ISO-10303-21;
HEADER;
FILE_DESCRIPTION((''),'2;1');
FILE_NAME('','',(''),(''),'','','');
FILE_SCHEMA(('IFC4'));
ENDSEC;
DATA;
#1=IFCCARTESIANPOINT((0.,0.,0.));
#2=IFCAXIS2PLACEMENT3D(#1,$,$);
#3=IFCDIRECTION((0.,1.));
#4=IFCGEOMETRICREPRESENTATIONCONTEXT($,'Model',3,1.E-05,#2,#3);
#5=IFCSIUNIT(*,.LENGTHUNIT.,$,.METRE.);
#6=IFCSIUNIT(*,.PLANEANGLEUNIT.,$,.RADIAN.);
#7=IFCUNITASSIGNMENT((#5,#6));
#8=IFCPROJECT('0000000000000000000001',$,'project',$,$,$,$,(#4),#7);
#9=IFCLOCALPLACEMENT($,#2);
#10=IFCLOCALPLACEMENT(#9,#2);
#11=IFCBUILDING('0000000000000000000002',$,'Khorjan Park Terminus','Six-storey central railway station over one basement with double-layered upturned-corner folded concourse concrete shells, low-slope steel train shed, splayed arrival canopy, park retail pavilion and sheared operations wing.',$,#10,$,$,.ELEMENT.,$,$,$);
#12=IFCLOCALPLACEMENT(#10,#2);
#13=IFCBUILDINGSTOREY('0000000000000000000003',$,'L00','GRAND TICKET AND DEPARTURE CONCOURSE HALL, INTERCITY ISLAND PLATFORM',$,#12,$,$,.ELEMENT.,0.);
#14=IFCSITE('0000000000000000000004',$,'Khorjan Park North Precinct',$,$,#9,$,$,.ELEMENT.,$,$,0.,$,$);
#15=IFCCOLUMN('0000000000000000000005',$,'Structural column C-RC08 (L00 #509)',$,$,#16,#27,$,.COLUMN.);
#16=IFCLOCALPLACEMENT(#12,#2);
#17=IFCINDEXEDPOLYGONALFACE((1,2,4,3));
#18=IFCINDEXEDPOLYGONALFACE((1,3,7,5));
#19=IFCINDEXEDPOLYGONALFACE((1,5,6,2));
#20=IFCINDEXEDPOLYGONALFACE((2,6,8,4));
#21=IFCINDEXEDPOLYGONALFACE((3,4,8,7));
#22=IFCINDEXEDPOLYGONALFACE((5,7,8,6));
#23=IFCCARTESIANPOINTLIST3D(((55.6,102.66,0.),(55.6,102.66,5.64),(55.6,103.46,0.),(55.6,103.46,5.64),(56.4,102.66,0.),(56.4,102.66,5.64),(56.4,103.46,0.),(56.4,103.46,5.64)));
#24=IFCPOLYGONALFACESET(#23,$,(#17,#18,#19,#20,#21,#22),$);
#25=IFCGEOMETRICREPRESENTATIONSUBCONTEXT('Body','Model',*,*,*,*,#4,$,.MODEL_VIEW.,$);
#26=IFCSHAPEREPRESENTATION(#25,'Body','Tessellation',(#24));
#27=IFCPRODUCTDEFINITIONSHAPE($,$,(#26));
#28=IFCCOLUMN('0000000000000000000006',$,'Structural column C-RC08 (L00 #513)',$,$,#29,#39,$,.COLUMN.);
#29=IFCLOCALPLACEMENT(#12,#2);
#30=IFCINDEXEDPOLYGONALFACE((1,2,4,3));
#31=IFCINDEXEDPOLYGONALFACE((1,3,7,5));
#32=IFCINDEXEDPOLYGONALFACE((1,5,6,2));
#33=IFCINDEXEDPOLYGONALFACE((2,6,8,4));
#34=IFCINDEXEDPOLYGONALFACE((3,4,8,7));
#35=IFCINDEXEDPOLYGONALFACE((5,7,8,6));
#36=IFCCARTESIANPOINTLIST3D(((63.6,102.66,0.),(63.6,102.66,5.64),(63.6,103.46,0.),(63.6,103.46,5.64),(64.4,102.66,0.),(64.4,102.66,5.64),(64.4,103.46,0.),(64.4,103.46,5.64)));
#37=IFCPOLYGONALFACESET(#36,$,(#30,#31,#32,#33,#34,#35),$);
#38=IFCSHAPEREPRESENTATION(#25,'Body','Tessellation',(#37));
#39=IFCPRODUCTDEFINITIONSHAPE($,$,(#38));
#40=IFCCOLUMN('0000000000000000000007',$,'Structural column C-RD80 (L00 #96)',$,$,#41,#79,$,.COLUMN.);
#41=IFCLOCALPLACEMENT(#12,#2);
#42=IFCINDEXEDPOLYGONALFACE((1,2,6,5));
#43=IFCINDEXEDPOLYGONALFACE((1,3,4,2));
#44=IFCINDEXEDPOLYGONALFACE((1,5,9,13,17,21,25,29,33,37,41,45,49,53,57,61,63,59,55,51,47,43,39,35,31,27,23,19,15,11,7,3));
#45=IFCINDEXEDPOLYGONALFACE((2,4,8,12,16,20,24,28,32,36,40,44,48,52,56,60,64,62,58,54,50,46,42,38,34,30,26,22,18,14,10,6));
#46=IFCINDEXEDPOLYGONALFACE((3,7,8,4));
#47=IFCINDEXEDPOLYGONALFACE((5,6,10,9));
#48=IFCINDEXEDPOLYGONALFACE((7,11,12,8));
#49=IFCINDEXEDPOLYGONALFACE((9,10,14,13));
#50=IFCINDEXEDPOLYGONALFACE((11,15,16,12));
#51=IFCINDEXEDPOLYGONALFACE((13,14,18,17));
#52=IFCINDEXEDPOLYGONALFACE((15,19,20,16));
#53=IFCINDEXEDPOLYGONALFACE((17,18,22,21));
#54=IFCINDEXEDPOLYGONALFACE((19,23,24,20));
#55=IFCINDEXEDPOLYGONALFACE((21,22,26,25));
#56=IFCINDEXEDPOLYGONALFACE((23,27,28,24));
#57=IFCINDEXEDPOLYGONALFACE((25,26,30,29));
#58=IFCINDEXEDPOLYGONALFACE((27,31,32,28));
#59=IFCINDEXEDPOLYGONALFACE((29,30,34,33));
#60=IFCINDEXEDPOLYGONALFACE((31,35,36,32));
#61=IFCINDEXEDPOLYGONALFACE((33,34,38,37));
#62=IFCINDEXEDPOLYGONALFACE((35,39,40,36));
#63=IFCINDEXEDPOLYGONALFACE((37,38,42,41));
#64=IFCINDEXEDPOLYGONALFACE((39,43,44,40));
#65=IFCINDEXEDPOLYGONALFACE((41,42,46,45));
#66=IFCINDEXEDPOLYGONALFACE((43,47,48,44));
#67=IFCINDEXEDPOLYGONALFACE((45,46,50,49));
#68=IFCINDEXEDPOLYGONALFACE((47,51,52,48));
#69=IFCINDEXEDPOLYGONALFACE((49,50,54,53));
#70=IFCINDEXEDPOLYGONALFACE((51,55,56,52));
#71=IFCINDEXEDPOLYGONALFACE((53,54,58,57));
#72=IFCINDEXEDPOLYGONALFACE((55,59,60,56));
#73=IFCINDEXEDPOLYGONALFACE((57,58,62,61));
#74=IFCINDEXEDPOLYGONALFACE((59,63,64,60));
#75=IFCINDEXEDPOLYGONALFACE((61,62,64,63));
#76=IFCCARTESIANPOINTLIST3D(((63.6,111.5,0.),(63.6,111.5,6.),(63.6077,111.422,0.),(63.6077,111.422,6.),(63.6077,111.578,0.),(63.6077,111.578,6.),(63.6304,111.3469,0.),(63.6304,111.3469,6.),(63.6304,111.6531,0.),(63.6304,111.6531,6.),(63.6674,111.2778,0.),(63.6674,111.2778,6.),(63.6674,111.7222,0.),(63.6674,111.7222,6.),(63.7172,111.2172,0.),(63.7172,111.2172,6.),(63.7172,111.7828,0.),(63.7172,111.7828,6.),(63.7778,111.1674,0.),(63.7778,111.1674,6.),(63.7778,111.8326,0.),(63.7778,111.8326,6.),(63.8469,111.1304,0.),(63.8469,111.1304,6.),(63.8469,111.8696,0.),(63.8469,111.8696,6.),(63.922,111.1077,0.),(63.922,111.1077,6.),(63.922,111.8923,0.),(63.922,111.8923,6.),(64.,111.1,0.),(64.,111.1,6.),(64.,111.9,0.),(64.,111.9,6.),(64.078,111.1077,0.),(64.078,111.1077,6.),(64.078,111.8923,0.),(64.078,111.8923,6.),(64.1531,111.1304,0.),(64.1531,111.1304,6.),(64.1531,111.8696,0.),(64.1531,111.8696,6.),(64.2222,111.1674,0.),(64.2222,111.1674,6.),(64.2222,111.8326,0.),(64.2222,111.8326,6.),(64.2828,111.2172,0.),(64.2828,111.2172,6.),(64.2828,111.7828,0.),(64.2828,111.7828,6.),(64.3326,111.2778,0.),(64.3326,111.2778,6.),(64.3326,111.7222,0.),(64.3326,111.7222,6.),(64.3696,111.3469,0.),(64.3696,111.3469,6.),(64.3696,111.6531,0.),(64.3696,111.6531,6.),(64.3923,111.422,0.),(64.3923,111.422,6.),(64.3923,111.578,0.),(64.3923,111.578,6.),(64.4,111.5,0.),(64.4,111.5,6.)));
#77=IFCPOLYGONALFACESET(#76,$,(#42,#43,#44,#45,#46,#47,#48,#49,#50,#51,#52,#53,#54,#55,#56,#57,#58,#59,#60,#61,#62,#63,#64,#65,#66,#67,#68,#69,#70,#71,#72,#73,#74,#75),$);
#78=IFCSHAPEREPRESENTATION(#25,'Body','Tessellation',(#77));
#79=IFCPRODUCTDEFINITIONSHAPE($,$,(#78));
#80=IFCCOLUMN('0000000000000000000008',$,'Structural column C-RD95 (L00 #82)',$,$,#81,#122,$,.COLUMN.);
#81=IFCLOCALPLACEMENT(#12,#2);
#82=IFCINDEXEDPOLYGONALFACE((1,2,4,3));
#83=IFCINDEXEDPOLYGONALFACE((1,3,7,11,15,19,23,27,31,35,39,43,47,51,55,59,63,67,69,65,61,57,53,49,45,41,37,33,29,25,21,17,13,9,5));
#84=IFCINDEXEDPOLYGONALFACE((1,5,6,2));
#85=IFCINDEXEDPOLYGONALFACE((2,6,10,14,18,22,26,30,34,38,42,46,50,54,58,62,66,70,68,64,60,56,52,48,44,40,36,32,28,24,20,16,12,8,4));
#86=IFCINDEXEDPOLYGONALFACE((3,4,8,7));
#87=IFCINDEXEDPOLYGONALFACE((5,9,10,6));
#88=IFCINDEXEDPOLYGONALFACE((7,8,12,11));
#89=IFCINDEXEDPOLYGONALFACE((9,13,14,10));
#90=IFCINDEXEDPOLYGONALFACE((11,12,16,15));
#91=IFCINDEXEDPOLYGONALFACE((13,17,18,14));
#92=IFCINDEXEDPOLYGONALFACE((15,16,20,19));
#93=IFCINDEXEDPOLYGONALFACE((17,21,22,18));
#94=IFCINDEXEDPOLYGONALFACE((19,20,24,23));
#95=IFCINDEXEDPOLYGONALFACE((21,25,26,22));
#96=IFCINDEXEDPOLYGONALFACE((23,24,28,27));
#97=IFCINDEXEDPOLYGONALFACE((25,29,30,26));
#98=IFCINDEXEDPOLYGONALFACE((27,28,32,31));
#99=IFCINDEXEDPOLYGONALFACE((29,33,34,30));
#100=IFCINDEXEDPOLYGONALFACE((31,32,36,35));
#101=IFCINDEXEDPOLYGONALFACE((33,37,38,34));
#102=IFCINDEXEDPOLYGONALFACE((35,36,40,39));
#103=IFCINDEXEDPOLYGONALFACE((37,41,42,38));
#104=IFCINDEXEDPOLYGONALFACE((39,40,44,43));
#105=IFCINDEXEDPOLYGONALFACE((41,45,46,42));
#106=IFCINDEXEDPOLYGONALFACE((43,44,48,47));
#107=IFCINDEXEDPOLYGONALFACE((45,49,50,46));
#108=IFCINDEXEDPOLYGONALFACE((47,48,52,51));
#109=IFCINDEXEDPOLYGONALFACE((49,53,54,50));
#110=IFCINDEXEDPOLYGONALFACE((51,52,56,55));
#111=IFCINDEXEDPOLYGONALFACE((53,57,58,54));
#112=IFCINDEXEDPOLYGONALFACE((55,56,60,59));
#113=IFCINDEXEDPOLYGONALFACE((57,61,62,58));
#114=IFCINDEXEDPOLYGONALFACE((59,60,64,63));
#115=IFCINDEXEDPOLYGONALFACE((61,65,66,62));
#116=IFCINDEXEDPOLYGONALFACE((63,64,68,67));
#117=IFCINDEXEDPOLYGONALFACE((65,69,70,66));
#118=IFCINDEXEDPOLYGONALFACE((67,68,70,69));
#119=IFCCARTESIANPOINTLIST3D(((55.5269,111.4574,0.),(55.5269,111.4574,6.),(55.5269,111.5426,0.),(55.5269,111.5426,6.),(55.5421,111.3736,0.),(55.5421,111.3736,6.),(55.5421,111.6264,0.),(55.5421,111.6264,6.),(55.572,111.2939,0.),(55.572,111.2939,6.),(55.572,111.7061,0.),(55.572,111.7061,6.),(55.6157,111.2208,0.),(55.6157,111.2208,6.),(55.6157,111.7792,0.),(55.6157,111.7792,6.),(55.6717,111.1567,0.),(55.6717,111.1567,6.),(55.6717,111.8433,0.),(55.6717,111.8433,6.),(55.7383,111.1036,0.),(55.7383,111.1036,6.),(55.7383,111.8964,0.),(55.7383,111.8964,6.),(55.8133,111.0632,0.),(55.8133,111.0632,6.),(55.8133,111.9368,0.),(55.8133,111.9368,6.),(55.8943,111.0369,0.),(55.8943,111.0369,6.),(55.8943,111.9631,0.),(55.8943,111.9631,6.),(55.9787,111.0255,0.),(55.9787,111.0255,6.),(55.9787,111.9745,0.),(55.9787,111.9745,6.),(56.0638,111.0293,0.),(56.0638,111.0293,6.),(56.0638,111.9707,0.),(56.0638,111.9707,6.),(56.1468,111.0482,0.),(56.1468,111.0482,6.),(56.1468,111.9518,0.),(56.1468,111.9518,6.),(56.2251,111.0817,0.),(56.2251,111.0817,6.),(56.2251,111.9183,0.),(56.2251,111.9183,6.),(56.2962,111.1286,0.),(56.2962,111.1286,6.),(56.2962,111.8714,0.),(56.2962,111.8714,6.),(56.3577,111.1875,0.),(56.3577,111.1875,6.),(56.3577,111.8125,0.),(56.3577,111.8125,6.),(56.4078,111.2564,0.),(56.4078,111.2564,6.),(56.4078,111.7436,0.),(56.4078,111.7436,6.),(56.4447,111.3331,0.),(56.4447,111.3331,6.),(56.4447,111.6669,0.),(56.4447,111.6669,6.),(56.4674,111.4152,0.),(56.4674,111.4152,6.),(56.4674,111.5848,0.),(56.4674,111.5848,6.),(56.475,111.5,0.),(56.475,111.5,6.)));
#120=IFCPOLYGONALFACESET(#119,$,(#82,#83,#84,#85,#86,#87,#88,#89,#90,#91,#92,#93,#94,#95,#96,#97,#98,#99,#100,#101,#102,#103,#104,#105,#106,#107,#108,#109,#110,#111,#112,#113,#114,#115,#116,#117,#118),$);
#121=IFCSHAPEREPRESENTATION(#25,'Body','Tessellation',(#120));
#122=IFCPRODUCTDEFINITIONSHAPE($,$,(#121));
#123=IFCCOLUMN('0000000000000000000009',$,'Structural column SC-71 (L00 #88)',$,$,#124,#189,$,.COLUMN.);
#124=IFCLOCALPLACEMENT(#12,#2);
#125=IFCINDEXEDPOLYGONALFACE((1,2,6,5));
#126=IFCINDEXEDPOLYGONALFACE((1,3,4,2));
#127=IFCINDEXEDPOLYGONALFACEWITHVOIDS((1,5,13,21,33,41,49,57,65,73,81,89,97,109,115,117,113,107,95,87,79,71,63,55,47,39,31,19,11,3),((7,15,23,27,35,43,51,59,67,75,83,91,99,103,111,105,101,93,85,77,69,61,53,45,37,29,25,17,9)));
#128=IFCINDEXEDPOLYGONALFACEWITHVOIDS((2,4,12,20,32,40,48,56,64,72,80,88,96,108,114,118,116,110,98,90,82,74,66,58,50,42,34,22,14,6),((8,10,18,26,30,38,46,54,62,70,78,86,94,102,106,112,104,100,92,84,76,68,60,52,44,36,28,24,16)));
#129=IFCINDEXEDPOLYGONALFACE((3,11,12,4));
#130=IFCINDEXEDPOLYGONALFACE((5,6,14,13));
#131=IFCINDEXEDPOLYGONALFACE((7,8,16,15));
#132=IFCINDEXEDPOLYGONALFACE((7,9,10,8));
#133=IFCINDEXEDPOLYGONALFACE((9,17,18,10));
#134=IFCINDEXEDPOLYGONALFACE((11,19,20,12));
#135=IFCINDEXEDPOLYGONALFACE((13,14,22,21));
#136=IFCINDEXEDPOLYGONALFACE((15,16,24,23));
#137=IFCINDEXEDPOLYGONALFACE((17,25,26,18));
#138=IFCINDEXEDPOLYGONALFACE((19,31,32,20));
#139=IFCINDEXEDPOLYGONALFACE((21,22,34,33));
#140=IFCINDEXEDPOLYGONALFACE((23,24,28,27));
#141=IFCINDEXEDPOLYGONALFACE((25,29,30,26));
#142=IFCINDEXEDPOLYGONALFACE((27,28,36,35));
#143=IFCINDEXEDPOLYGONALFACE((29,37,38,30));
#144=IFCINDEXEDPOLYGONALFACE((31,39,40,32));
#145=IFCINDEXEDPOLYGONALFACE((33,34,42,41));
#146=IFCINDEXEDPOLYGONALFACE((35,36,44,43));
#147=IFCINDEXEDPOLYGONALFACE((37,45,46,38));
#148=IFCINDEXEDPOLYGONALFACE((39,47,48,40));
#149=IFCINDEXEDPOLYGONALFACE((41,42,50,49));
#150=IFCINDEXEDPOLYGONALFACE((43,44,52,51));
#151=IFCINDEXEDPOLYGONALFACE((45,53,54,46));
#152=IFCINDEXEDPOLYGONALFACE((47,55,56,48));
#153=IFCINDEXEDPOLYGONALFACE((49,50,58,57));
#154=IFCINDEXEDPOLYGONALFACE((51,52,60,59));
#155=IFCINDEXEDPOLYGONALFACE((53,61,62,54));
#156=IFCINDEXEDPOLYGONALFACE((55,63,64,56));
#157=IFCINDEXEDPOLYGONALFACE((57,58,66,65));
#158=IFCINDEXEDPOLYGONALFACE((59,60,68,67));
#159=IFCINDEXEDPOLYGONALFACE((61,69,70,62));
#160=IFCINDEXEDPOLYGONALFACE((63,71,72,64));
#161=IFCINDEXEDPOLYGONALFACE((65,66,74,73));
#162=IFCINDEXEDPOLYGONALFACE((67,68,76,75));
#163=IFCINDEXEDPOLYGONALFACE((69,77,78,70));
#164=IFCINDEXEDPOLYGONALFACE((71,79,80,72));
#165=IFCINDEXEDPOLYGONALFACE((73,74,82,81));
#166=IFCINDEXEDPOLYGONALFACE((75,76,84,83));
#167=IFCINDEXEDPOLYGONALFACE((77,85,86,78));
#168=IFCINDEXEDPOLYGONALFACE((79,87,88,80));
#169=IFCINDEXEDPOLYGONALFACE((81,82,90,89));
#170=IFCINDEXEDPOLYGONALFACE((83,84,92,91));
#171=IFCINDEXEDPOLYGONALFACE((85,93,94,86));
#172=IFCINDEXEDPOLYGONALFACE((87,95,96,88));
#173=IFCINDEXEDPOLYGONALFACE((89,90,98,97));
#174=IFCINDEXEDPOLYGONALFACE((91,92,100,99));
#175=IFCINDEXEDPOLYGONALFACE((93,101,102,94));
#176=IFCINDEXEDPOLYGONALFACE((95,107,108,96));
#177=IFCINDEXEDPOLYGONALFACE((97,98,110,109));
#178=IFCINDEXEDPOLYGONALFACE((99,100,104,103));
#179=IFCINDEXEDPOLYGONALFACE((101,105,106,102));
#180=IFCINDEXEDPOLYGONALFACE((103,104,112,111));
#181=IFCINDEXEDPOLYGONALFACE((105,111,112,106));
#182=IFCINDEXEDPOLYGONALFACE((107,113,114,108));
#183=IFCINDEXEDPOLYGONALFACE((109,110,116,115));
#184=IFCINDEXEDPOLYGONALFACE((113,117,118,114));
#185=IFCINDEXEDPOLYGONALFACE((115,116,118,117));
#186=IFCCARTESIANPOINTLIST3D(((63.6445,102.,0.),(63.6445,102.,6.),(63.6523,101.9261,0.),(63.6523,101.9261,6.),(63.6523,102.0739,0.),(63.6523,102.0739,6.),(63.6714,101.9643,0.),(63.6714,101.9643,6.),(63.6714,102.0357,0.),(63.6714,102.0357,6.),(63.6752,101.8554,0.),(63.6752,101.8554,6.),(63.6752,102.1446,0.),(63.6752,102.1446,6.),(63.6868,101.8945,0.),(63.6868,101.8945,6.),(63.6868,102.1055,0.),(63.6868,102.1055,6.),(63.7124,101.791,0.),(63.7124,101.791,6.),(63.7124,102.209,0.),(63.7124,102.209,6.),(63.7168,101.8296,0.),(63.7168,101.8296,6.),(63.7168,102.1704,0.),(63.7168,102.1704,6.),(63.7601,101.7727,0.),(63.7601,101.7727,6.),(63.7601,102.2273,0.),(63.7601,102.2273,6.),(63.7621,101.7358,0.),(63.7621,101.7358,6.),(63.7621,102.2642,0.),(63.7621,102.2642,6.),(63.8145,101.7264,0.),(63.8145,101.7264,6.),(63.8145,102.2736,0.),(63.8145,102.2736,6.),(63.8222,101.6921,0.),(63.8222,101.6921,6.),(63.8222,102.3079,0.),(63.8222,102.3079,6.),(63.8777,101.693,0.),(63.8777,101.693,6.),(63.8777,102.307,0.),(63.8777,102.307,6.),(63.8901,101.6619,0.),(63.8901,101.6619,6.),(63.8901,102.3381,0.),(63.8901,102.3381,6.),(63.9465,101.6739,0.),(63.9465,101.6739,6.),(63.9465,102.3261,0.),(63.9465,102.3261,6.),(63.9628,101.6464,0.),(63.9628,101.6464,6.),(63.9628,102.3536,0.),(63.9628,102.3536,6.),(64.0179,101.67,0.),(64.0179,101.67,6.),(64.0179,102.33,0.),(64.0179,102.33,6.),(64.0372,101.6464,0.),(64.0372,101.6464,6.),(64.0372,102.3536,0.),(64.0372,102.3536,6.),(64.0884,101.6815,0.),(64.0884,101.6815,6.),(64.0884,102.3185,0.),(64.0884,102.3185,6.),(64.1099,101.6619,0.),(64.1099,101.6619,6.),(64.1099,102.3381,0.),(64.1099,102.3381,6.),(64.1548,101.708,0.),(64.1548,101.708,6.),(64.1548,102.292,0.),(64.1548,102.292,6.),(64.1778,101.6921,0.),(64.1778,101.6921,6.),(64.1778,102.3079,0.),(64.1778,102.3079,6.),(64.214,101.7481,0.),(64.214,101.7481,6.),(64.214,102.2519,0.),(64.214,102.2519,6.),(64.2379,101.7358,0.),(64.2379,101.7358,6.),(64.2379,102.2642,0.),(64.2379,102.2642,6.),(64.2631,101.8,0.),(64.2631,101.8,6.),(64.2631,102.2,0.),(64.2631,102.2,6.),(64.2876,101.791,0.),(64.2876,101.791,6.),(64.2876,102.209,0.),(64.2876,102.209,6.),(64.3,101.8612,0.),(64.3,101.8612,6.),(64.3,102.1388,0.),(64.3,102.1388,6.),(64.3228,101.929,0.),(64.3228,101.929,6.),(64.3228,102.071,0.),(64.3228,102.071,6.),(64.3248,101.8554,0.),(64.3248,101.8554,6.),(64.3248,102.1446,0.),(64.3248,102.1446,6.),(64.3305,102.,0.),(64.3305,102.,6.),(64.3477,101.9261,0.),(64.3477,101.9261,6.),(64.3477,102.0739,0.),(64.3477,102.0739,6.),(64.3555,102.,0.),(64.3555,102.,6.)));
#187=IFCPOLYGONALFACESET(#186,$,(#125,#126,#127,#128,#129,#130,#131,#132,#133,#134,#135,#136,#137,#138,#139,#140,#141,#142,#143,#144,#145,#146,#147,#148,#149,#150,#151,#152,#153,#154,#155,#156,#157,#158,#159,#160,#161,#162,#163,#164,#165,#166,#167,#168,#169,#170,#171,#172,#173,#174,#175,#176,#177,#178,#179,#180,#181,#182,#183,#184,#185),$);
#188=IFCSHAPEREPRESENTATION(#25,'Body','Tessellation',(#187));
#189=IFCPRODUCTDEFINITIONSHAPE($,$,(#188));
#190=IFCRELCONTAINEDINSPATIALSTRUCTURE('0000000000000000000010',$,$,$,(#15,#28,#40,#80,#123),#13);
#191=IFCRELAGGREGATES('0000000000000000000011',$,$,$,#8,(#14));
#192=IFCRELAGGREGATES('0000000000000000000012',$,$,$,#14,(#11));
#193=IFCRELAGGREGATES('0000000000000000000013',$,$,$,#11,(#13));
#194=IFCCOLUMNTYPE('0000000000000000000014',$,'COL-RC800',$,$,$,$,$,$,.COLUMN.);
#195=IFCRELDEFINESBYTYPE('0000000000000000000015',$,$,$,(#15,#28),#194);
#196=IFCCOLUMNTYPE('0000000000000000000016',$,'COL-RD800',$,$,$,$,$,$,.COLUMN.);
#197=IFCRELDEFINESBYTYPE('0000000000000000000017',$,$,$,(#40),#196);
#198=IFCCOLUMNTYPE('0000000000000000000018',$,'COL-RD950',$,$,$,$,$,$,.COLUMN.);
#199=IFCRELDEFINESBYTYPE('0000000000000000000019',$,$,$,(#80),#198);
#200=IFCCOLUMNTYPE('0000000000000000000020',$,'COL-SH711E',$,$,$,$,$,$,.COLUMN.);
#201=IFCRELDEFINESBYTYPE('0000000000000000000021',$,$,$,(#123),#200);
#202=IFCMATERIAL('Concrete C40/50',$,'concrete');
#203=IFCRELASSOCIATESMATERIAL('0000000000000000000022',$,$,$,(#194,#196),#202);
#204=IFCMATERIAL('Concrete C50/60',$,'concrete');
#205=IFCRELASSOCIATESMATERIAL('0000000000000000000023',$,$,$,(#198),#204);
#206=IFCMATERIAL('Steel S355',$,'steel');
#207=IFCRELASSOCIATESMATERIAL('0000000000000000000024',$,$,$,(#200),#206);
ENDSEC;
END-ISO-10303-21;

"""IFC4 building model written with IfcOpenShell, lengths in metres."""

from ifc_helpers import new_model, si_unit, direction, frame, origin, origin_2d, place, context, subcontext, project, spatial, rectangle, circle, hollow_circle, extrude, material, material_profile, profile_set, type_object, element, save


model = new_model("IFC4")

# Units and contexts
model_context = context("Model", 3, precision=1e-05, world=origin(), true_north=direction((0.0, 1.0)))
body_context = subcontext(model_context, "Body", "Model", "MODEL_VIEW")
ifc_project = project(units=[si_unit("LENGTHUNIT", "METRE"), si_unit("PLANEANGLEUNIT", "RADIAN")], contexts=[model_context])

# Site, building, storey
site_placement = place(None, origin())
site = spatial("IfcSite", under=ifc_project, at=site_placement, Name="Khorjan Park North Precinct", CompositionType="ELEMENT", RefElevation=0.0)
building_placement = place(site_placement, origin())
building = spatial("IfcBuilding", under=site, at=building_placement, Name="Khorjan Park Terminus", Description="Six-storey central railway station over one basement with double-layered upturned-corner folded concourse concrete shells, low-slope steel train shed, splayed arrival canopy, park retail pavilion and sheared operations wing.", CompositionType="ELEMENT")
storey_placement = place(building_placement, origin())
storey = spatial("IfcBuildingStorey", under=building, at=storey_placement, Name="L00", Description="GRAND TICKET AND DEPARTURE CONCOURSE HALL, INTERCITY ISLAND PLATFORM", CompositionType="ELEMENT", Elevation=0.0)

# Columns
ifc_material_1 = material(Name="Concrete C40/50", Category="concrete")
ifc_material_profile_1 = material_profile(ifc_material_1, rectangle(XDim=0.8, YDim=0.8, at=origin_2d()), Name="RC 800x800")
ifc_profile_set_1 = profile_set([ifc_material_profile_1], Name="Concrete C40/50")
column_type_1 = type_object("IfcColumnType", Name="COL-RC800", PredefinedType="COLUMN", material=ifc_profile_set_1)
for number, where, z_axis, x_axis, name in (
    (1, (56.0, 103.06, 0.0), (0.0, 0.0, 1.0), (1.0, 0.0, 0.0), "Structural column C-RC08 (L00 #509)"),
    (2, (64.0, 103.06, 0.0), (0.0, 0.0, 1.0), (1.0, 0.0, 0.0), "Structural column C-RC08 (L00 #513)"),
):
    element("IfcColumn", number, at=place(storey_placement, frame(where, z_axis=z_axis, x_axis=x_axis)), inside=storey, type_object=column_type_1, Name=name, PredefinedType="COLUMN", context=body_context, shape_type="SweptSolid", body=[
        extrude(rectangle(XDim=0.8, YDim=0.8, at=origin_2d()), origin(), (0.0, 0.0, 1.0), 5.64),
    ])
ifc_material_profile_2 = material_profile(ifc_material_1, circle(Radius=0.4, at=origin_2d()), Name="RC D800")
ifc_profile_set_2 = profile_set([ifc_material_profile_2], Name="Concrete C40/50")
column_type_2 = type_object("IfcColumnType", Name="COL-RD800", PredefinedType="COLUMN", material=ifc_profile_set_2)
column_1_placement = place(storey_placement, frame((64.0, 111.5, 0.0), z_axis=(0.0, 0.0, 1.0), x_axis=(1.0, 0.0, 0.0)))
element("IfcColumn", 3, at=column_1_placement, inside=storey, type_object=column_type_2, Name="Structural column C-RD80 (L00 #96)", PredefinedType="COLUMN", context=body_context, shape_type="SweptSolid", body=[
    extrude(circle(Radius=0.4, at=origin_2d()), origin(), (0.0, 0.0, 1.0), 6.0),
])
ifc_material_2 = material(Name="Concrete C50/60", Category="concrete")
ifc_material_profile_3 = material_profile(ifc_material_2, circle(Radius=0.475, at=origin_2d()), Name="RC D950")
ifc_profile_set_3 = profile_set([ifc_material_profile_3], Name="Concrete C50/60")
column_type_3 = type_object("IfcColumnType", Name="COL-RD950", PredefinedType="COLUMN", material=ifc_profile_set_3)
column_2_placement = place(storey_placement, frame((56.0, 111.5, 0.0), z_axis=(0.0, 0.0, 1.0), x_axis=(1.0, 0.0, 0.0)))
element("IfcColumn", 4, at=column_2_placement, inside=storey, type_object=column_type_3, Name="Structural column C-RD95 (L00 #82)", PredefinedType="COLUMN", context=body_context, shape_type="SweptSolid", body=[
    extrude(circle(Radius=0.475, at=origin_2d()), origin(), (0.0, 0.0, 1.0), 6.0),
])
ifc_material_3 = material(Name="Steel S355", Category="steel")
ifc_material_profile_4 = material_profile(ifc_material_3, hollow_circle(Radius=0.3555, WallThickness=0.025, at=origin_2d()), Name="CHS 711x25")
ifc_profile_set_4 = profile_set([ifc_material_profile_4], Name="Steel S355")
column_type_4 = type_object("IfcColumnType", Name="COL-SH711E", PredefinedType="COLUMN", material=ifc_profile_set_4)
column_3_placement = place(storey_placement, frame((64.0, 102.0, 0.0), z_axis=(0.0, 0.0, 1.0), x_axis=(1.0, 0.0, 0.0)))
element("IfcColumn", 5, at=column_3_placement, inside=storey, type_object=column_type_4, Name="Structural column SC-71 (L00 #88)", PredefinedType="COLUMN", context=body_context, shape_type="SweptSolid", body=[
    extrude(hollow_circle(Radius=0.3555, WallThickness=0.025, at=origin_2d()), origin(), (0.0, 0.0, 1.0), 6.0),
])

save(model, "model.ifc")
